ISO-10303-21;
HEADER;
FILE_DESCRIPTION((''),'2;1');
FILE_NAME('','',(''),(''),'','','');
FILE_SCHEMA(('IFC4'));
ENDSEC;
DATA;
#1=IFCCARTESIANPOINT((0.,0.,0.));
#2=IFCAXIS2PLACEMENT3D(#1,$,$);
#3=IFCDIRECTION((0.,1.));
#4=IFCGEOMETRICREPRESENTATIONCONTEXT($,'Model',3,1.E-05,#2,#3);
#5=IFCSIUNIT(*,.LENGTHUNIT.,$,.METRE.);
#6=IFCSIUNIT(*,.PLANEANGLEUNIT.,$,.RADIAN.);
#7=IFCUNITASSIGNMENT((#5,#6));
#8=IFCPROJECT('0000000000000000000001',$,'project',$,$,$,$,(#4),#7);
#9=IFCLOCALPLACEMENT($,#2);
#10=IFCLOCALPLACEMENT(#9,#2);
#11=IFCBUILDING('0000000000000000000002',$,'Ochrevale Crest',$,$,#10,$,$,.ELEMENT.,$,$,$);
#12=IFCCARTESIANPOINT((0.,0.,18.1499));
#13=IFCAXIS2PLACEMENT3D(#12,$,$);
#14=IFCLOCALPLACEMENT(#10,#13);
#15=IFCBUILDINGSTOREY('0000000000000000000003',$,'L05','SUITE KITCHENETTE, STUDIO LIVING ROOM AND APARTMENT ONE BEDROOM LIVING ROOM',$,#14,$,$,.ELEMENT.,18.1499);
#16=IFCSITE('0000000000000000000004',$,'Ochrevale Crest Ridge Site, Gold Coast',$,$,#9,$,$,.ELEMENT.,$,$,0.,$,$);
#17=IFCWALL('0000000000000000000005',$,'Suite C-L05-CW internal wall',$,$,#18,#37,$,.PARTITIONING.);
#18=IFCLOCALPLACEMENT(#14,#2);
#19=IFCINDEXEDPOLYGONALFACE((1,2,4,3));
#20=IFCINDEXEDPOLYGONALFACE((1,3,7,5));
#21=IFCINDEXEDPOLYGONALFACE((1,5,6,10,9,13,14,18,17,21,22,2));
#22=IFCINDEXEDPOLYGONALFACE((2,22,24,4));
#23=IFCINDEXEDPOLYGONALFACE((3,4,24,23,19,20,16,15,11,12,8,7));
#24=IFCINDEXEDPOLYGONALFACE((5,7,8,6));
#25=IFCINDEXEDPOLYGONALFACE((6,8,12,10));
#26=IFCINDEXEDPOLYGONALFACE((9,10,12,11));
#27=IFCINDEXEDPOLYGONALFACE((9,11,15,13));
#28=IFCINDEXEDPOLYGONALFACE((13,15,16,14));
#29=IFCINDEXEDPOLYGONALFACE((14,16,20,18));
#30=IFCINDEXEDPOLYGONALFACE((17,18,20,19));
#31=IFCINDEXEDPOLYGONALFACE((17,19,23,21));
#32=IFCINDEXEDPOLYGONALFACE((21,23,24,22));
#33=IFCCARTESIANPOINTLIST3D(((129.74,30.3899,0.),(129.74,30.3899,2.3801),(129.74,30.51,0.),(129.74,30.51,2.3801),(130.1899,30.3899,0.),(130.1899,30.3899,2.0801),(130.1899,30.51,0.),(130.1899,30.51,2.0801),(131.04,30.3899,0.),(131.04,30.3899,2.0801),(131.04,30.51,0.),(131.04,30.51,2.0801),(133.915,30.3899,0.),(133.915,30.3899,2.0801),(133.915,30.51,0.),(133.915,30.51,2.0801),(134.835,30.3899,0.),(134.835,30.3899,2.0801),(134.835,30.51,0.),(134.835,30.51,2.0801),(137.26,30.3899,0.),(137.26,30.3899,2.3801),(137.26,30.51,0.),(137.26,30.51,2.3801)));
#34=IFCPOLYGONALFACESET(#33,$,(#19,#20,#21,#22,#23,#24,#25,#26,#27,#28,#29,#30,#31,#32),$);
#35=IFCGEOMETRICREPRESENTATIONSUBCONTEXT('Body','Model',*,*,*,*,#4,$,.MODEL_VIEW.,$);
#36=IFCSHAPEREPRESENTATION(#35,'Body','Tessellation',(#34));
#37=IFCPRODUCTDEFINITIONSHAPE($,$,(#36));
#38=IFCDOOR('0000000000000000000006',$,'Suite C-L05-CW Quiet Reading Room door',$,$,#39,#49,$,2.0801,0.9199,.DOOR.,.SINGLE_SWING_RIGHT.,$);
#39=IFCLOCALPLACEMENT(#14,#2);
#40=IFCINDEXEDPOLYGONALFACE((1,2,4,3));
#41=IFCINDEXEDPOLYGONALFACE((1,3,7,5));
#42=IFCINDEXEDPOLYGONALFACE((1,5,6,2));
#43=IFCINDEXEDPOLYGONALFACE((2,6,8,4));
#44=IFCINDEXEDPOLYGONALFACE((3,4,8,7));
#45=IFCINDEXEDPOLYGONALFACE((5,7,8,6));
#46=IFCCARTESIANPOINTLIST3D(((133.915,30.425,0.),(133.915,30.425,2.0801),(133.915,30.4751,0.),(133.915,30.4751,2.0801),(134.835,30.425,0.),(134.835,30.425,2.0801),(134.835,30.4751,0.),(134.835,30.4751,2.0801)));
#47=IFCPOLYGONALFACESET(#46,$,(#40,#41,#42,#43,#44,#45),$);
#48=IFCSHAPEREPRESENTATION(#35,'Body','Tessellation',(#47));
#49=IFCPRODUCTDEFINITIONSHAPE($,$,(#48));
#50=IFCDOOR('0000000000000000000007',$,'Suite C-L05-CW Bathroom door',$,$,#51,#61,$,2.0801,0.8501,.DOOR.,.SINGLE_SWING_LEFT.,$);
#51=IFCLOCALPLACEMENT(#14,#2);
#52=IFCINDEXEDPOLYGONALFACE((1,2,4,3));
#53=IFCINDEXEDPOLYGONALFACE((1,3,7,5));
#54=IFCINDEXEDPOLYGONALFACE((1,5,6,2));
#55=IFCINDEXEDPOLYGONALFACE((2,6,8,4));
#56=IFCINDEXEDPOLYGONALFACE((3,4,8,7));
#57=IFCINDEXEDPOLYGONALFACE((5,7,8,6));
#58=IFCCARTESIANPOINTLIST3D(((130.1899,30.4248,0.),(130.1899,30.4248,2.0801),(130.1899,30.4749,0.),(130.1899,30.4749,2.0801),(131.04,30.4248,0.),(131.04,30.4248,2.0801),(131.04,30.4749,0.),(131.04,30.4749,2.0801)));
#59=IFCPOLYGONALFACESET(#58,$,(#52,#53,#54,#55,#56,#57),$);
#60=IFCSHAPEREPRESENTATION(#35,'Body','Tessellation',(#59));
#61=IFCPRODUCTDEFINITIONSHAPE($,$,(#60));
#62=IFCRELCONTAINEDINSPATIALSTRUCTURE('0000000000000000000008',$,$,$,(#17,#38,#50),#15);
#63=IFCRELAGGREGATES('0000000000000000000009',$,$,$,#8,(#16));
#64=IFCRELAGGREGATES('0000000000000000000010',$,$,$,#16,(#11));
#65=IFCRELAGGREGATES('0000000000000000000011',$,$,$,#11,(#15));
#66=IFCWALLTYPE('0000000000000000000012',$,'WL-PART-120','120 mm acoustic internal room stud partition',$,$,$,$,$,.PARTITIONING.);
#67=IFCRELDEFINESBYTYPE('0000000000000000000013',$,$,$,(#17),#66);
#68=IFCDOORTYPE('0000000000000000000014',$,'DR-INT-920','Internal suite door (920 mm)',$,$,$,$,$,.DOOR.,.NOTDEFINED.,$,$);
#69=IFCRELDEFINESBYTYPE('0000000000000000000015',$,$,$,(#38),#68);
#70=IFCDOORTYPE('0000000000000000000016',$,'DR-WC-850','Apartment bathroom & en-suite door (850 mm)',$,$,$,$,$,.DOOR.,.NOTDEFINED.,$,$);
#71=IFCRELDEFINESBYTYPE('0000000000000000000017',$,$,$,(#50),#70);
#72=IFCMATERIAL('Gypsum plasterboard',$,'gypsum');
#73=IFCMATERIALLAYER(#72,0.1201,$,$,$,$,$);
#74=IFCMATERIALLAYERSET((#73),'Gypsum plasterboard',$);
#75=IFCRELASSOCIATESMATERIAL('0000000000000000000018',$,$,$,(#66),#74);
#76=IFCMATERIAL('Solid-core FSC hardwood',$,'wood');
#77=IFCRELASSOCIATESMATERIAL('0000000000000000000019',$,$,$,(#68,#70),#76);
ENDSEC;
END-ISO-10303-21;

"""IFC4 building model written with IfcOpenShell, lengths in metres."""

from ifc_helpers import new_model, si_unit, direction, frame, frame_2d, origin, place, context, subcontext, project, spatial, rectangle, extrude, material, layer, layer_set, type_object, element, fill, save


model = new_model("IFC4")

# Units and contexts
model_context = context("Model", 3, precision=1e-05, world=origin(), true_north=direction((0.0, 1.0)))
body_context = subcontext(model_context, "Body", "Model", "MODEL_VIEW")
ifc_project = project(units=[si_unit("LENGTHUNIT", "METRE"), si_unit("PLANEANGLEUNIT", "RADIAN")], contexts=[model_context])

# Site, building, storey
site_placement = place(None, origin())
site = spatial("IfcSite", under=ifc_project, at=site_placement, Name="Ochrevale Crest Ridge Site, Gold Coast", CompositionType="ELEMENT", RefElevation=0.0)
building_placement = place(site_placement, origin())
building = spatial("IfcBuilding", under=site, at=building_placement, Name="Ochrevale Crest", CompositionType="ELEMENT")
storey_placement = place(building_placement, frame((0.0, 0.0, 18.1499)))
storey = spatial("IfcBuildingStorey", under=building, at=storey_placement, Name="L05", Description="SUITE KITCHENETTE, STUDIO LIVING ROOM AND APARTMENT ONE BEDROOM LIVING ROOM", CompositionType="ELEMENT", Elevation=18.1499)

# Shared definitions
ifc_material_1 = material(Name="Gypsum plasterboard", Category="gypsum")
ifc_material_2 = material(Name="Solid-core FSC hardwood", Category="wood")

# Wall, openings, doors
ifc_layer_1 = layer(ifc_material_1, 0.1201)
ifc_layer_set_1 = layer_set([ifc_layer_1], Name="Gypsum plasterboard")
wall_type_1 = type_object("IfcWallType", Name="WL-PART-120", Description="120 mm acoustic internal room stud partition", PredefinedType="PARTITIONING", material=ifc_layer_set_1)
wall_1_placement = place(storey_placement, frame((129.74, 30.45, 0.0), z_axis=(0.0, 0.0, 1.0), x_axis=(1.0, 0.0, 0.0)))
wall_1 = element("IfcWall", 1, at=wall_1_placement, inside=storey, type_object=wall_type_1, Name="Suite C-L05-CW internal wall", PredefinedType="PARTITIONING", context=body_context, shape_type="SweptSolid", body=[
    extrude(rectangle(XDim=7.52, YDim=0.1201, at=frame_2d((3.76, 0.0))), origin(), (0.0, 0.0, 1.0), 2.3801),
])
opening_1_placement = place(wall_1_placement, frame((0.45, 0.0, 0.0)))
opening_1 = element("IfcOpeningElement", 2, at=opening_1_placement, cuts=wall_1, PredefinedType="OPENING", context=body_context, shape_type="SweptSolid", body=[
    extrude(rectangle(XDim=0.8501, YDim=2.0801, at=frame_2d((0.425, 1.04))), frame((0.0, 0.0701, 0.0), z_axis=(0.0, -1.0, 0.0), x_axis=(1.0, 0.0, 0.0)), (0.0, 0.0, 1.0), 0.1401),
])
opening_2_placement = place(wall_1_placement, frame((5.095, 0.0, 0.0), z_axis=(0.0, 0.0, 1.0), x_axis=(-1.0, 0.0, 0.0)))
opening_2 = element("IfcOpeningElement", 3, at=opening_2_placement, cuts=wall_1, PredefinedType="OPENING", context=body_context, shape_type="SweptSolid", body=[
    extrude(rectangle(XDim=0.9199, YDim=2.0801, at=frame_2d((0.46, 1.04))), frame((0.0, 0.0701, 0.0), z_axis=(0.0, -1.0, 0.0), x_axis=(1.0, 0.0, 0.0)), (0.0, 0.0, 1.0), 0.1401),
])
door_type_1 = type_object("IfcDoorType", Name="DR-INT-920", Description="Internal suite door (920 mm)", OperationType="NOTDEFINED", PredefinedType="DOOR", material=ifc_material_2)
door_1_placement = place(opening_2_placement, origin())
door_1 = element("IfcDoor", 4, at=door_1_placement, inside=storey, type_object=door_type_1, Name="Suite C-L05-CW Quiet Reading Room door", OperationType="SINGLE_SWING_RIGHT", OverallHeight=2.0801, OverallWidth=0.9199, PredefinedType="DOOR", context=body_context, shape_type="SweptSolid", body=[
    extrude(rectangle(XDim=0.9199, YDim=2.0801, at=frame_2d((0.46, 1.04))), frame((0.0, 0.0249, 0.0), z_axis=(0.0, -1.0, 0.0), x_axis=(1.0, 0.0, 0.0)), (0.0, 0.0, 1.0), 0.05),
])
fill(opening_2, door_1)
door_type_2 = type_object("IfcDoorType", Name="DR-WC-850", Description="Apartment bathroom & en-suite door (850 mm)", OperationType="NOTDEFINED", PredefinedType="DOOR", material=ifc_material_2)
door_2_placement = place(opening_1_placement, origin())
door_2 = element("IfcDoor", 5, at=door_2_placement, inside=storey, type_object=door_type_2, Name="Suite C-L05-CW Bathroom door", OperationType="SINGLE_SWING_LEFT", OverallHeight=2.0801, OverallWidth=0.8501, PredefinedType="DOOR", context=body_context, shape_type="SweptSolid", body=[
    extrude(rectangle(XDim=0.8501, YDim=2.0801, at=frame_2d((0.425, 1.04))), frame((0.0, 0.0249, 0.0), z_axis=(0.0, -1.0, 0.0), x_axis=(1.0, 0.0, 0.0)), (0.0, 0.0, 1.0), 0.05),
])
fill(opening_1, door_2)

save(model, "model.ifc")
